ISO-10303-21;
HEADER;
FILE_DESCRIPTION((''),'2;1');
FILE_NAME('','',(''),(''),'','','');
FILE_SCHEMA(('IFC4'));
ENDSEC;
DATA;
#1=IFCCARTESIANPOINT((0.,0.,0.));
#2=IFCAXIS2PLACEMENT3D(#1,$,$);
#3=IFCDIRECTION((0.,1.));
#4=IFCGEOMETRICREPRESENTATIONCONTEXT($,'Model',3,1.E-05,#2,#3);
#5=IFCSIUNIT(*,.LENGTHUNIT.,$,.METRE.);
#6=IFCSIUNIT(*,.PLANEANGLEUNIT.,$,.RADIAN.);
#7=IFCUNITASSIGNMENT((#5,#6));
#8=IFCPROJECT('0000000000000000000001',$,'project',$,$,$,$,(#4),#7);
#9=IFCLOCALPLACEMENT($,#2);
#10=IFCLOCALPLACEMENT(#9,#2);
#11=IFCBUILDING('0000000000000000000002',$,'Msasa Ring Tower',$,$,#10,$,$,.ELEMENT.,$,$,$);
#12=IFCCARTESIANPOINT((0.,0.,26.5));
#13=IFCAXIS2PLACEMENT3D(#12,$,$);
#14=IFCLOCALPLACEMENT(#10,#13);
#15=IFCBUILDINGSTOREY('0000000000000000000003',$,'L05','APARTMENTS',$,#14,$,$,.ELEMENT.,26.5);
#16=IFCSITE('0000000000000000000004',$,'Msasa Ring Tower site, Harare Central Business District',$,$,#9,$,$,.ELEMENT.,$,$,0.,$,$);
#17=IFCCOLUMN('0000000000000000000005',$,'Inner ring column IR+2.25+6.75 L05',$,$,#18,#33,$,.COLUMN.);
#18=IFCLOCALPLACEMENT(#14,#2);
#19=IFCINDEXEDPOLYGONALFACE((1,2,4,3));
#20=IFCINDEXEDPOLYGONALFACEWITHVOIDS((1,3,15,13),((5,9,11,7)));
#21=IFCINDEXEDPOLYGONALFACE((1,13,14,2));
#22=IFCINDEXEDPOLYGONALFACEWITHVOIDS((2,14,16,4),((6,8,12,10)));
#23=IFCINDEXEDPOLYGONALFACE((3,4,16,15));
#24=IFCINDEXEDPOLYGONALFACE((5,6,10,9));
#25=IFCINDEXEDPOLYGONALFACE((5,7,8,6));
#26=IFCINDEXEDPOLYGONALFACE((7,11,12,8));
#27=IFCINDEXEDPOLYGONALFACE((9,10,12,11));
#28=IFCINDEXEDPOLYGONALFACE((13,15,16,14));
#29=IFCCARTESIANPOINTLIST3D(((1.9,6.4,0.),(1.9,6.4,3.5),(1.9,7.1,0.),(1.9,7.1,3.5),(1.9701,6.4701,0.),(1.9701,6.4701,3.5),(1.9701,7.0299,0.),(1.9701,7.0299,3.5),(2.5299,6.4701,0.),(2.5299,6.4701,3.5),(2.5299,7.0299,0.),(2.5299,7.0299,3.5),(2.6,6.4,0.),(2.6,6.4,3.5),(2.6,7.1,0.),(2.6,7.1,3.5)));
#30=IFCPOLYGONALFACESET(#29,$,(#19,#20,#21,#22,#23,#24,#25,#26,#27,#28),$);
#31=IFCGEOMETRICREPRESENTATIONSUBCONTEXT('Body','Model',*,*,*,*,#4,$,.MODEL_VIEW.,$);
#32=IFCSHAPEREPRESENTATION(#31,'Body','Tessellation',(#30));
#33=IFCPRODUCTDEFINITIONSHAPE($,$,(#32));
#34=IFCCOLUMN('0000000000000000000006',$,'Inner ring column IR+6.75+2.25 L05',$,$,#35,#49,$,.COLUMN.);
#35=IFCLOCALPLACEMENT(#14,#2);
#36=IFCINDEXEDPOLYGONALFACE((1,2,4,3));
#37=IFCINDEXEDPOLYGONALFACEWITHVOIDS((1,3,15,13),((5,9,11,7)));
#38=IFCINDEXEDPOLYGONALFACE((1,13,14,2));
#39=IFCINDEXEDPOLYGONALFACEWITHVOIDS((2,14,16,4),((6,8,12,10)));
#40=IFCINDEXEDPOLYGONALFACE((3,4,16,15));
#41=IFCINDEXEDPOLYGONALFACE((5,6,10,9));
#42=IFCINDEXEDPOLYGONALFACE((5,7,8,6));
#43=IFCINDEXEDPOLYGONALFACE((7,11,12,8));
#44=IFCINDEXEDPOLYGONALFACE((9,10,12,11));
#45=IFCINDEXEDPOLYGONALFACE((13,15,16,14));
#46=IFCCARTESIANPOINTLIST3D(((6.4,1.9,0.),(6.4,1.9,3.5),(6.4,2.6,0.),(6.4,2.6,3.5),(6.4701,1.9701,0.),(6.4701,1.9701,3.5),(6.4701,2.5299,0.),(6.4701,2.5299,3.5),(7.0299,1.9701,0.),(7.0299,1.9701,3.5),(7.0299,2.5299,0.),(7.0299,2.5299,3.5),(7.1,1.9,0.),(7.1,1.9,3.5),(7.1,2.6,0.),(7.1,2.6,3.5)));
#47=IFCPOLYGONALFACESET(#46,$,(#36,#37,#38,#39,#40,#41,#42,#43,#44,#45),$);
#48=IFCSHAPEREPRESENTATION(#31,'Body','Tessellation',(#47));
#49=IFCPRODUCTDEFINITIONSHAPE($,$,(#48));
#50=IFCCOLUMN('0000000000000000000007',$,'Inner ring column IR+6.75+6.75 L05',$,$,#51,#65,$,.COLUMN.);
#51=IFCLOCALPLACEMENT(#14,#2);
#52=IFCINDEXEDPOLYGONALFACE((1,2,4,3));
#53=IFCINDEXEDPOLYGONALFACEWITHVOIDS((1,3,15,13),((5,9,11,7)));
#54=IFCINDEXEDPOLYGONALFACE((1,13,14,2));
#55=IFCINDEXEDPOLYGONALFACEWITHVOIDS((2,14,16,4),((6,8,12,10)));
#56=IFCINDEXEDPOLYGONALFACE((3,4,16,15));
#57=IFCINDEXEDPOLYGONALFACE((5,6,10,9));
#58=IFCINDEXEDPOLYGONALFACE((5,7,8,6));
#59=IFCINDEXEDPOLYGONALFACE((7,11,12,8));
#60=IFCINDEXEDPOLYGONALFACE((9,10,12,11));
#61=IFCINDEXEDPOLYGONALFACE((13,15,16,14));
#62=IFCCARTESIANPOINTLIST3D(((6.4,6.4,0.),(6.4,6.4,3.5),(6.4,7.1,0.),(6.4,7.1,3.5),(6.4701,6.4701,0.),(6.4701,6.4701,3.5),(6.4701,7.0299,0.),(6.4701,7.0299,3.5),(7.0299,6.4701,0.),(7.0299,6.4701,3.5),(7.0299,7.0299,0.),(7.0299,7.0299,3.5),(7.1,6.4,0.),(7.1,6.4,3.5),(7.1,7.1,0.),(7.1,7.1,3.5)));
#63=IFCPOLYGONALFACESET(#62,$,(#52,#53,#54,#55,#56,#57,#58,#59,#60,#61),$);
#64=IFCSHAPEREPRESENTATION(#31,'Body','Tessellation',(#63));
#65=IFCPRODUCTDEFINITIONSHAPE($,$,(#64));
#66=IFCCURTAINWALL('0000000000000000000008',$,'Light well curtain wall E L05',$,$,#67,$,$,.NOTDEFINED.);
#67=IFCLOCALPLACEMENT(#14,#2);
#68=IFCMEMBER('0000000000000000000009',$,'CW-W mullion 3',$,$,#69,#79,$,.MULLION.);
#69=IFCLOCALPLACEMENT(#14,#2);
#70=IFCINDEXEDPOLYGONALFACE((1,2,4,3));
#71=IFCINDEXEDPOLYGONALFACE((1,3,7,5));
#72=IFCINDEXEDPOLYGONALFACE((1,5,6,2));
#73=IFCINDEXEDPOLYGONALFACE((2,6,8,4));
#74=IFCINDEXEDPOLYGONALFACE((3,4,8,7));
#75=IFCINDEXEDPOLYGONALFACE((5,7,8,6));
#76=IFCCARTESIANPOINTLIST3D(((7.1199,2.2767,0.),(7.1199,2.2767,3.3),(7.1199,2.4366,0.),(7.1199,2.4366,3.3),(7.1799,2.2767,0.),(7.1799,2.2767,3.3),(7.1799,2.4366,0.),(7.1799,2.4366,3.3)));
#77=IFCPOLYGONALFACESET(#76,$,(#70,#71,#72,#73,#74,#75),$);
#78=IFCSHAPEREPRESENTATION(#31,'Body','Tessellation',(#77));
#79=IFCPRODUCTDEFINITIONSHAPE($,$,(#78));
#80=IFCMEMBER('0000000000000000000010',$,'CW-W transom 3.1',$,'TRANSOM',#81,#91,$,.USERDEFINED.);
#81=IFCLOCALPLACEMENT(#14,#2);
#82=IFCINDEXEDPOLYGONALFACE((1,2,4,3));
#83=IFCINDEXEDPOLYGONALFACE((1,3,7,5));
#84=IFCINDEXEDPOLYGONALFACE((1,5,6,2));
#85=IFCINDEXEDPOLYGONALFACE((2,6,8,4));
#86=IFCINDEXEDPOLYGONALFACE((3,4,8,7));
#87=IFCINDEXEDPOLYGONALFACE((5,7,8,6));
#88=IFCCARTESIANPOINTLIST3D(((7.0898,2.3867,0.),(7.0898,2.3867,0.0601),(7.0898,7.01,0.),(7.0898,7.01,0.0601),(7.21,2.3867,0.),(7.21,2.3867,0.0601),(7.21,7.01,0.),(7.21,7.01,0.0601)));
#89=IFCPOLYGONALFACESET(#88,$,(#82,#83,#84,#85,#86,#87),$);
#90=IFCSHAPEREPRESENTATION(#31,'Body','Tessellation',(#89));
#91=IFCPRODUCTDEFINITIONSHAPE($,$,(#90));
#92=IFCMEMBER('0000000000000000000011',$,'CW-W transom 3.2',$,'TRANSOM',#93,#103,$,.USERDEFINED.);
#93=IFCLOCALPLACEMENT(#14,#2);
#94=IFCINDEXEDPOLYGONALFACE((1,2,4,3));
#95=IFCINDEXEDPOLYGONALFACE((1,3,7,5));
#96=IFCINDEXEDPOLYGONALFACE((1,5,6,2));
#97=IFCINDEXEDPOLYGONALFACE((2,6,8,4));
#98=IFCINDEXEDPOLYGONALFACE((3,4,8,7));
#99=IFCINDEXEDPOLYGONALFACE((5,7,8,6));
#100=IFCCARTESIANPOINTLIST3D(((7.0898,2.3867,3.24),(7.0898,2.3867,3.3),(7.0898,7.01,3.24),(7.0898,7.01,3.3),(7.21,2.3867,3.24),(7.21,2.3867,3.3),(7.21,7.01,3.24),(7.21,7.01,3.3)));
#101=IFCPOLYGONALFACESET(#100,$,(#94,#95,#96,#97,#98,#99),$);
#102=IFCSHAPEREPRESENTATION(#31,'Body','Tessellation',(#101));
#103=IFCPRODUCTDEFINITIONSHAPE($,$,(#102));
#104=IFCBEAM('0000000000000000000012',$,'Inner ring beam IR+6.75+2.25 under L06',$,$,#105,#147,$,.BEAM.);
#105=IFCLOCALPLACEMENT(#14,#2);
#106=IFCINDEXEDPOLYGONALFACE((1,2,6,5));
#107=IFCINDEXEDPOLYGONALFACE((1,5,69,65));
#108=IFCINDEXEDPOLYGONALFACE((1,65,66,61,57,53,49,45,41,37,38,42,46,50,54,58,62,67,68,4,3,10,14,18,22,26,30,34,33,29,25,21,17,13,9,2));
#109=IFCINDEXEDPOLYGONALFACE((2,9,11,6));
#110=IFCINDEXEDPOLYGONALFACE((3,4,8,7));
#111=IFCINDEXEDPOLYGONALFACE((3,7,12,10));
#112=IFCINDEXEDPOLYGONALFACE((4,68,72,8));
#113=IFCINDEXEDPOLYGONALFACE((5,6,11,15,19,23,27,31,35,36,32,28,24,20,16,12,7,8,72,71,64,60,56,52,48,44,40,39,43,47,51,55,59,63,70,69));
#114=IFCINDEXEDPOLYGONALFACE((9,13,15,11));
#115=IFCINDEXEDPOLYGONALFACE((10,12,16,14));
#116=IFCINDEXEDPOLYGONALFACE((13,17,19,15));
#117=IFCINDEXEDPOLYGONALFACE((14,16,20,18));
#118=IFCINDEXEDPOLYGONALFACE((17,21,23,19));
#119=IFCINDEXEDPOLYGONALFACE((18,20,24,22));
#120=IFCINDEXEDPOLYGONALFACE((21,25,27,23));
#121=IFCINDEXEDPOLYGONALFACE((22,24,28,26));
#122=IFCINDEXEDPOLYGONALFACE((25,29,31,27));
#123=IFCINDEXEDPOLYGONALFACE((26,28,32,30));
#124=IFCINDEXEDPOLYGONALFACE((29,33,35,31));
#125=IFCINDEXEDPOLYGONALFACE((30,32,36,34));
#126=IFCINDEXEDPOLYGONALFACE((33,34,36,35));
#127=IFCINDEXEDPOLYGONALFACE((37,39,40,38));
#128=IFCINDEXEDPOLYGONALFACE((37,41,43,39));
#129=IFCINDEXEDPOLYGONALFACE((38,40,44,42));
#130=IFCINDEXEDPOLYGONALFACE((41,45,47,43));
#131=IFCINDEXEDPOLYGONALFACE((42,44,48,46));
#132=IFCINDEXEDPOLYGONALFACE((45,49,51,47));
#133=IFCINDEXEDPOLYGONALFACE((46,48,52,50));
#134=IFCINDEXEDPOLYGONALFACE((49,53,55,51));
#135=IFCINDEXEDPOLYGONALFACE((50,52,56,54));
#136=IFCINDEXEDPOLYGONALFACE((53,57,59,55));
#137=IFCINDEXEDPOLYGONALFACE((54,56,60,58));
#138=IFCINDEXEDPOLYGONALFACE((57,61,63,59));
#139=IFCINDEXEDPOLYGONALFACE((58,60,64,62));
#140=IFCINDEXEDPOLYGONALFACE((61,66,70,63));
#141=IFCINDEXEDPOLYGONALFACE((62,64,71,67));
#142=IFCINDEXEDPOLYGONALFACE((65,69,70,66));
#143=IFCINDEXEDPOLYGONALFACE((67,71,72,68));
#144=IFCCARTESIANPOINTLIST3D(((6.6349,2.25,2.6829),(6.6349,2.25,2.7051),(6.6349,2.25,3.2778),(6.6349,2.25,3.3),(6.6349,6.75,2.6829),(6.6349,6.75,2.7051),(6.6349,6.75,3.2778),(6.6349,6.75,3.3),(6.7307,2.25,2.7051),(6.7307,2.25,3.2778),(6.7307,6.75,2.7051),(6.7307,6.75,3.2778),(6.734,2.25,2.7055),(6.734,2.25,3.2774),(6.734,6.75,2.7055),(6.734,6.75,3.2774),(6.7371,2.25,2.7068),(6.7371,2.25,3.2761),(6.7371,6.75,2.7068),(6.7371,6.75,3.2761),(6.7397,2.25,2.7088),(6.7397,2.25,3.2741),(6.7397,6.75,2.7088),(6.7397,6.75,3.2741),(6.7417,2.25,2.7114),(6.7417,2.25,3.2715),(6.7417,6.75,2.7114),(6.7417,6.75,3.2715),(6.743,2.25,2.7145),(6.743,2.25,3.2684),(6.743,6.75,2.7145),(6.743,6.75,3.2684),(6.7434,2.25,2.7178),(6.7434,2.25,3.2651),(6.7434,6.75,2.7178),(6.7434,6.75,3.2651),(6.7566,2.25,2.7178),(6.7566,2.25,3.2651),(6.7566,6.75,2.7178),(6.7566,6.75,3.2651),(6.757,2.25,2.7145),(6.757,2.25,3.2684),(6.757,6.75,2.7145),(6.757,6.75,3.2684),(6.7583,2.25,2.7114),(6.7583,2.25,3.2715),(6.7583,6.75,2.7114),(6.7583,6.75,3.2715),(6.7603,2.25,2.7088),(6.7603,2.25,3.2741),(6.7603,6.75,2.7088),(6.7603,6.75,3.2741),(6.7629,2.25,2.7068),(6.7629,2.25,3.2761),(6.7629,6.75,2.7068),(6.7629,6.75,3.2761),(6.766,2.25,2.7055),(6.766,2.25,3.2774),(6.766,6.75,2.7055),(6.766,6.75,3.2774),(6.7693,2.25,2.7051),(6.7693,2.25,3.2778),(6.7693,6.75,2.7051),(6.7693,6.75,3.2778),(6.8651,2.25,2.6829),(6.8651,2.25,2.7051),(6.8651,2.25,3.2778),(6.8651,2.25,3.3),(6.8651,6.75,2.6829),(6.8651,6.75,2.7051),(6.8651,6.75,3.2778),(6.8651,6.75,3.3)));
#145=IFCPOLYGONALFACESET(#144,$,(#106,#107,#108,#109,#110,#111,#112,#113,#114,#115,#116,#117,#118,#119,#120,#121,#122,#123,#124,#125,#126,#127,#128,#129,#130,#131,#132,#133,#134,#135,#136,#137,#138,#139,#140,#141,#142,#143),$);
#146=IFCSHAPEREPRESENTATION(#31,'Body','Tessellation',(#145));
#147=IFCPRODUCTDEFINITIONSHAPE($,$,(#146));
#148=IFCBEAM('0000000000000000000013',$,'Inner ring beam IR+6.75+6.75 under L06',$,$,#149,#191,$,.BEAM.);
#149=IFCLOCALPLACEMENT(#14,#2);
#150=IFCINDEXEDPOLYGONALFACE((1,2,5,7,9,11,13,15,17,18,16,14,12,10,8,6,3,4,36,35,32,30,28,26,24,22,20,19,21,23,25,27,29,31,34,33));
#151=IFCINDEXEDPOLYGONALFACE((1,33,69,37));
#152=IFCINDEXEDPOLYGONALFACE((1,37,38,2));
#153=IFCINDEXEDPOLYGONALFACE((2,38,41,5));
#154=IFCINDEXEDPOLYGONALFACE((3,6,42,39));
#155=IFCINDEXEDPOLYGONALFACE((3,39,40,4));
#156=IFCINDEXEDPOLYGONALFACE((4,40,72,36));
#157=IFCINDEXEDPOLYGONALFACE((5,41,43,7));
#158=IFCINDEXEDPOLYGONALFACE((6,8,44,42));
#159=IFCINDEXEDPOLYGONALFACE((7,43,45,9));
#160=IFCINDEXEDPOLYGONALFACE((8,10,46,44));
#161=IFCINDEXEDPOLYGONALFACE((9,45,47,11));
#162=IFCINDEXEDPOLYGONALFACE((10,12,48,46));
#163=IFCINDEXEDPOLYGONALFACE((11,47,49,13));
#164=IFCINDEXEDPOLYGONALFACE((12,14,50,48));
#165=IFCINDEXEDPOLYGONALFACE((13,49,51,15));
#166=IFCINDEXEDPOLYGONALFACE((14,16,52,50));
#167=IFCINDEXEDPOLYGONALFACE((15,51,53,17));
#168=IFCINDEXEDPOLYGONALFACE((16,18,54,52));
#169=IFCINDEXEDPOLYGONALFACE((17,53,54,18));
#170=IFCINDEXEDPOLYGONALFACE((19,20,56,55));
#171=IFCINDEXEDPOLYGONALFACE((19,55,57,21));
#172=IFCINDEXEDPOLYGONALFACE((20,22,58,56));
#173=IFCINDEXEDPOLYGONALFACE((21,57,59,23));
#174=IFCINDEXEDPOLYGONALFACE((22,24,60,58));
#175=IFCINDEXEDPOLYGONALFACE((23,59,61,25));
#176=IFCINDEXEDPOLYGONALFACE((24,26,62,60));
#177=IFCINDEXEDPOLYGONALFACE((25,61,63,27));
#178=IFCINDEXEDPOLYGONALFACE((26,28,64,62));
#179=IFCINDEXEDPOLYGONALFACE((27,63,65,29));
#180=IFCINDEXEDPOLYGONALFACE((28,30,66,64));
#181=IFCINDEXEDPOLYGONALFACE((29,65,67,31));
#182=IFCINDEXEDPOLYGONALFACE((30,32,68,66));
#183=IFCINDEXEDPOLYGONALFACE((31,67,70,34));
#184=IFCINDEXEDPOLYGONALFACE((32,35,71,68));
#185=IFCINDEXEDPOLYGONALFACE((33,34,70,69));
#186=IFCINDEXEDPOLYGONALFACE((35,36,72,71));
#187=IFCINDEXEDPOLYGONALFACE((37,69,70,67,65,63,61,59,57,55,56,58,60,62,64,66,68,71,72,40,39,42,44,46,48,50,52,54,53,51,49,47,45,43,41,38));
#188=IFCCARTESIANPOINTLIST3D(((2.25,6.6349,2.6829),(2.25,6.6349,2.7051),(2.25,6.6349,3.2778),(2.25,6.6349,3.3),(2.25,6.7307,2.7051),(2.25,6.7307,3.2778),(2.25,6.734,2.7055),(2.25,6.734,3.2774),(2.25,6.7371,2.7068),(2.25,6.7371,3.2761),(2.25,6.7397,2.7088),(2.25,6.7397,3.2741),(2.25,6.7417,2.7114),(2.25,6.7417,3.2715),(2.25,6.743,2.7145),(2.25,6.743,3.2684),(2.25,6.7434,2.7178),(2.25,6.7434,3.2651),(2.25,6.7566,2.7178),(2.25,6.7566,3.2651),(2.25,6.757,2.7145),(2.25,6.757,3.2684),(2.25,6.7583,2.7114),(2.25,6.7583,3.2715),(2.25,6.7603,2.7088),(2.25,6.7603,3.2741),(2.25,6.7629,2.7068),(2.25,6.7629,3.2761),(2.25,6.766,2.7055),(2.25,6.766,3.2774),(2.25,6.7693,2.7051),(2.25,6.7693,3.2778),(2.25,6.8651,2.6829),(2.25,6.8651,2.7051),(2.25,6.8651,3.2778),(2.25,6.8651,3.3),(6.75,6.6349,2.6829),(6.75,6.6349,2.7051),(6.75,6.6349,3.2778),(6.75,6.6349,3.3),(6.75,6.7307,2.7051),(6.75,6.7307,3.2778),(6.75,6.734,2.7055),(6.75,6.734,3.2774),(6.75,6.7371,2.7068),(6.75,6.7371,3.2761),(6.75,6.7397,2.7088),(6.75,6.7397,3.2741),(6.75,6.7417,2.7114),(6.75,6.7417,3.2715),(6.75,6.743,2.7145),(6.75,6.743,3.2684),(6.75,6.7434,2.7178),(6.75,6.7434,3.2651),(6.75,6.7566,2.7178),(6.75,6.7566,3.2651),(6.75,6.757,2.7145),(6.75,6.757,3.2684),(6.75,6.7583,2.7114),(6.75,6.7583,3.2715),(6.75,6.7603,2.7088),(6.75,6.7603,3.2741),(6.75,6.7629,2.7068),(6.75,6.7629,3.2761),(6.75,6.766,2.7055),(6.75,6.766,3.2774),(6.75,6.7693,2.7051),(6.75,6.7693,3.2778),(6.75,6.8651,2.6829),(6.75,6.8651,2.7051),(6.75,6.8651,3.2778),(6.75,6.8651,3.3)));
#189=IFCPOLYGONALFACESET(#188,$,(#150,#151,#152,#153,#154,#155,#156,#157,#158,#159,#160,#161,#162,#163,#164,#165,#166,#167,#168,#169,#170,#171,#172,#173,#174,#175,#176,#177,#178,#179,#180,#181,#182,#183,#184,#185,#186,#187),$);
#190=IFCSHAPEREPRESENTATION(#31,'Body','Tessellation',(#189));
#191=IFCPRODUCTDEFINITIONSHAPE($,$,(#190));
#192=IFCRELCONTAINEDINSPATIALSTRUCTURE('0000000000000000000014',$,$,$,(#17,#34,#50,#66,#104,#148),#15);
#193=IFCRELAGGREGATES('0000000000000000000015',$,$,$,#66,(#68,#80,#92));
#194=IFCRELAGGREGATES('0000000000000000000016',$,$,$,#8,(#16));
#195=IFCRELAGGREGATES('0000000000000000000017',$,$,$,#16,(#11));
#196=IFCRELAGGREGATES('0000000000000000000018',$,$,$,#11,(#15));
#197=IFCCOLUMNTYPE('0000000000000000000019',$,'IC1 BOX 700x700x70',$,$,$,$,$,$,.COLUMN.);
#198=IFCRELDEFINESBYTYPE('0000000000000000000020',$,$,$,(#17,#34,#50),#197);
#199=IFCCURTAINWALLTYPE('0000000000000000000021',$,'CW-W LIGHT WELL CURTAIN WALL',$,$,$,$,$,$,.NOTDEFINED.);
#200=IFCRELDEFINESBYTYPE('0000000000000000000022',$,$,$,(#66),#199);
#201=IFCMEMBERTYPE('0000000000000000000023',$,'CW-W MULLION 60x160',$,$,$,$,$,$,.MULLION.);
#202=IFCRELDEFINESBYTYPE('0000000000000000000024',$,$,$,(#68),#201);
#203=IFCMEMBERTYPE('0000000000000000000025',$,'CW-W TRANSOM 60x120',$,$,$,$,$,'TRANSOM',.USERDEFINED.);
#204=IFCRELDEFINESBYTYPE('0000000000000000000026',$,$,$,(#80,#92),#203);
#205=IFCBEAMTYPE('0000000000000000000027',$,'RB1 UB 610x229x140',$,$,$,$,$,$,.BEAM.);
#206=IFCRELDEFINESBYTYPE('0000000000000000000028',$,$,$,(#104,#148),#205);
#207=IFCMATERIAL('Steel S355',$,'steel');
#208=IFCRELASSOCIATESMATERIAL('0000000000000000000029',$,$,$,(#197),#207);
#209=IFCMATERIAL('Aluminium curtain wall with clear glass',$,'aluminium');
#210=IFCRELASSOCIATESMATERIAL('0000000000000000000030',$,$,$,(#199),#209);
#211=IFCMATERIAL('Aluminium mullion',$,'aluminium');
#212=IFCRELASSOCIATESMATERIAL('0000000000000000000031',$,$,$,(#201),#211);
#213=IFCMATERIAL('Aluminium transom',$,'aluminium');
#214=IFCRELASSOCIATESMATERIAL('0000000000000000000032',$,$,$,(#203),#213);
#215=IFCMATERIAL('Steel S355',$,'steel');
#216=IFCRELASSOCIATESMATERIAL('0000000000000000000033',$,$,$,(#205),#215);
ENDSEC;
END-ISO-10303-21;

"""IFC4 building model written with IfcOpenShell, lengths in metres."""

from ifc_helpers import new_model, si_unit, direction, frame, origin, origin_2d, place, context, subcontext, project, spatial, rectangle, hollow_rectangle, i_section, extrude, material, material_profile, profile_set, type_object, element, aggregate, save


model = new_model("IFC4")

# Units and contexts
model_context = context("Model", 3, precision=1e-05, world=origin(), true_north=direction((0.0, 1.0)))
body_context = subcontext(model_context, "Body", "Model", "MODEL_VIEW")
ifc_project = project(units=[si_unit("LENGTHUNIT", "METRE"), si_unit("PLANEANGLEUNIT", "RADIAN")], contexts=[model_context])

# Site, building, storey
site_placement = place(None, origin())
site = spatial("IfcSite", under=ifc_project, at=site_placement, Name="Msasa Ring Tower site, Harare Central Business District", CompositionType="ELEMENT", RefElevation=0.0)
building_placement = place(site_placement, origin())
building = spatial("IfcBuilding", under=site, at=building_placement, Name="Msasa Ring Tower", CompositionType="ELEMENT")
storey_placement = place(building_placement, frame((0.0, 0.0, 26.5)))
storey = spatial("IfcBuildingStorey", under=building, at=storey_placement, Name="L05", Description="APARTMENTS", CompositionType="ELEMENT", Elevation=26.5)

# Columns
ifc_material_1 = material(Name="Steel S355", Category="steel")
ifc_material_profile_1 = material_profile(ifc_material_1, hollow_rectangle(XDim=0.7, YDim=0.7, WallThickness=0.0701, at=origin_2d()), Name="BOX 700x700x70")
ifc_profile_set_1 = profile_set([ifc_material_profile_1], Name="Steel S355")
column_type = type_object("IfcColumnType", Name="IC1 BOX 700x700x70", PredefinedType="COLUMN", material=ifc_profile_set_1)
for number, where, z_axis, x_axis, name in (
    (1, (2.25, 6.75, 0.0), (0.0, 0.0, 1.0), (1.0, 0.0, 0.0), "Inner ring column IR+2.25+6.75 L05"),
    (2, (6.75, 2.25, 0.0), (0.0, 0.0, 1.0), (1.0, 0.0, 0.0), "Inner ring column IR+6.75+2.25 L05"),
    (3, (6.75, 6.75, 0.0), (0.0, 0.0, 1.0), (1.0, 0.0, 0.0), "Inner ring column IR+6.75+6.75 L05"),
):
    element("IfcColumn", number, at=place(storey_placement, frame(where, z_axis=z_axis, x_axis=x_axis)), inside=storey, type_object=column_type, Name=name, PredefinedType="COLUMN", context=body_context, shape_type="SweptSolid", body=[
        extrude(hollow_rectangle(XDim=0.7, YDim=0.7, WallThickness=0.0701, at=origin_2d()), origin(), (0.0, 0.0, 1.0), 3.5),
    ])

# Curtain wall, members
ifc_material_2 = material(Name="Aluminium curtain wall with clear glass", Category="aluminium")
curtain_wall_type = type_object("IfcCurtainWallType", Name="CW-W LIGHT WELL CURTAIN WALL", PredefinedType="NOTDEFINED", material=ifc_material_2)
curtain_wall_placement = place(storey_placement, origin())
curtain_wall = element("IfcCurtainWall", 4, at=curtain_wall_placement, inside=storey, type_object=curtain_wall_type, Name="Light well curtain wall E L05", PredefinedType="NOTDEFINED")
ifc_material_3 = material(Name="Aluminium mullion", Category="aluminium")
ifc_material_profile_2 = material_profile(ifc_material_3, rectangle(XDim=0.0601, YDim=0.1599, at=origin_2d()), Name="AL 60x160")
ifc_profile_set_2 = profile_set([ifc_material_profile_2], Name="Aluminium mullion")
member_type_1 = type_object("IfcMemberType", Name="CW-W MULLION 60x160", PredefinedType="MULLION", material=ifc_profile_set_2)
member_1_placement = place(storey_placement, frame((7.1499, 2.3567, 0.0), z_axis=(0.0, 0.0, 1.0), x_axis=(-1.0, 0.0, 0.0)))
member_1 = element("IfcMember", 5, at=member_1_placement, type_object=member_type_1, Name="CW-W mullion 3", PredefinedType="MULLION", context=body_context, shape_type="SweptSolid", body=[
    extrude(rectangle(XDim=0.0601, YDim=0.1599, at=origin_2d()), origin(), (0.0, 0.0, 1.0), 3.3),
])
ifc_material_4 = material(Name="Aluminium transom", Category="aluminium")
ifc_material_profile_3 = material_profile(ifc_material_4, rectangle(XDim=0.1201, YDim=0.0601, at=origin_2d()), Name="AL 60x120")
ifc_profile_set_3 = profile_set([ifc_material_profile_3], Name="Aluminium transom")
member_type_2 = type_object("IfcMemberType", Name="CW-W TRANSOM 60x120", ElementType="TRANSOM", PredefinedType="USERDEFINED", material=ifc_profile_set_3)
member_2_placement = place(storey_placement, frame((7.1499, 2.3867, 0.03), z_axis=(0.0, 1.0, 0.0), x_axis=(-1.0, 0.0, 0.0)))
member_2 = element("IfcMember", 6, at=member_2_placement, type_object=member_type_2, Name="CW-W transom 3.1", ObjectType="TRANSOM", PredefinedType="USERDEFINED", context=body_context, shape_type="SweptSolid", body=[
    extrude(rectangle(XDim=0.1201, YDim=0.0601, at=origin_2d()), origin(), (0.0, 0.0, 1.0), 4.6233),
])
member_3_placement = place(storey_placement, frame((7.1499, 2.3867, 3.27), z_axis=(0.0, 1.0, 0.0), x_axis=(-1.0, 0.0, 0.0)))
member_3 = element("IfcMember", 7, at=member_3_placement, type_object=member_type_2, Name="CW-W transom 3.2", ObjectType="TRANSOM", PredefinedType="USERDEFINED", context=body_context, shape_type="SweptSolid", body=[
    extrude(rectangle(XDim=0.1201, YDim=0.0601, at=origin_2d()), origin(), (0.0, 0.0, 1.0), 4.6233),
])

# Beams
ifc_material_5 = material(Name="Steel S355", Category="steel")
ifc_material_profile_4 = material_profile(ifc_material_5, i_section(OverallWidth=0.2302, OverallDepth=0.6172, WebThickness=0.0132, FlangeThickness=0.0222, FilletRadius=0.0127, at=origin_2d()), Name="UB 610x229x140")
ifc_profile_set_4 = profile_set([ifc_material_profile_4], Name="Steel S355")
beam_type = type_object("IfcBeamType", Name="RB1 UB 610x229x140", PredefinedType="BEAM", material=ifc_profile_set_4)
for number, where, z_axis, x_axis, name in (
    (8, (6.75, 2.25, 2.9915), (0.0, 1.0, 0.0), (-1.0, 0.0, 0.0), "Inner ring beam IR+6.75+2.25 under L06"),
    (9, (6.75, 6.75, 2.9915), (-1.0, 0.0, 0.0), (0.0, -1.0, 0.0), "Inner ring beam IR+6.75+6.75 under L06"),
):
    element("IfcBeam", number, at=place(storey_placement, frame(where, z_axis=z_axis, x_axis=x_axis)), inside=storey, type_object=beam_type, Name=name, PredefinedType="BEAM", context=body_context, shape_type="SweptSolid", body=[
        extrude(i_section(OverallWidth=0.2302, OverallDepth=0.6172, WebThickness=0.0132, FlangeThickness=0.0222, FilletRadius=0.0127, at=origin_2d()), origin(), (0.0, 0.0, 1.0), 4.5),
    ])

aggregate(curtain_wall, [member_1, member_2, member_3])

save(model, "model.ifc")
